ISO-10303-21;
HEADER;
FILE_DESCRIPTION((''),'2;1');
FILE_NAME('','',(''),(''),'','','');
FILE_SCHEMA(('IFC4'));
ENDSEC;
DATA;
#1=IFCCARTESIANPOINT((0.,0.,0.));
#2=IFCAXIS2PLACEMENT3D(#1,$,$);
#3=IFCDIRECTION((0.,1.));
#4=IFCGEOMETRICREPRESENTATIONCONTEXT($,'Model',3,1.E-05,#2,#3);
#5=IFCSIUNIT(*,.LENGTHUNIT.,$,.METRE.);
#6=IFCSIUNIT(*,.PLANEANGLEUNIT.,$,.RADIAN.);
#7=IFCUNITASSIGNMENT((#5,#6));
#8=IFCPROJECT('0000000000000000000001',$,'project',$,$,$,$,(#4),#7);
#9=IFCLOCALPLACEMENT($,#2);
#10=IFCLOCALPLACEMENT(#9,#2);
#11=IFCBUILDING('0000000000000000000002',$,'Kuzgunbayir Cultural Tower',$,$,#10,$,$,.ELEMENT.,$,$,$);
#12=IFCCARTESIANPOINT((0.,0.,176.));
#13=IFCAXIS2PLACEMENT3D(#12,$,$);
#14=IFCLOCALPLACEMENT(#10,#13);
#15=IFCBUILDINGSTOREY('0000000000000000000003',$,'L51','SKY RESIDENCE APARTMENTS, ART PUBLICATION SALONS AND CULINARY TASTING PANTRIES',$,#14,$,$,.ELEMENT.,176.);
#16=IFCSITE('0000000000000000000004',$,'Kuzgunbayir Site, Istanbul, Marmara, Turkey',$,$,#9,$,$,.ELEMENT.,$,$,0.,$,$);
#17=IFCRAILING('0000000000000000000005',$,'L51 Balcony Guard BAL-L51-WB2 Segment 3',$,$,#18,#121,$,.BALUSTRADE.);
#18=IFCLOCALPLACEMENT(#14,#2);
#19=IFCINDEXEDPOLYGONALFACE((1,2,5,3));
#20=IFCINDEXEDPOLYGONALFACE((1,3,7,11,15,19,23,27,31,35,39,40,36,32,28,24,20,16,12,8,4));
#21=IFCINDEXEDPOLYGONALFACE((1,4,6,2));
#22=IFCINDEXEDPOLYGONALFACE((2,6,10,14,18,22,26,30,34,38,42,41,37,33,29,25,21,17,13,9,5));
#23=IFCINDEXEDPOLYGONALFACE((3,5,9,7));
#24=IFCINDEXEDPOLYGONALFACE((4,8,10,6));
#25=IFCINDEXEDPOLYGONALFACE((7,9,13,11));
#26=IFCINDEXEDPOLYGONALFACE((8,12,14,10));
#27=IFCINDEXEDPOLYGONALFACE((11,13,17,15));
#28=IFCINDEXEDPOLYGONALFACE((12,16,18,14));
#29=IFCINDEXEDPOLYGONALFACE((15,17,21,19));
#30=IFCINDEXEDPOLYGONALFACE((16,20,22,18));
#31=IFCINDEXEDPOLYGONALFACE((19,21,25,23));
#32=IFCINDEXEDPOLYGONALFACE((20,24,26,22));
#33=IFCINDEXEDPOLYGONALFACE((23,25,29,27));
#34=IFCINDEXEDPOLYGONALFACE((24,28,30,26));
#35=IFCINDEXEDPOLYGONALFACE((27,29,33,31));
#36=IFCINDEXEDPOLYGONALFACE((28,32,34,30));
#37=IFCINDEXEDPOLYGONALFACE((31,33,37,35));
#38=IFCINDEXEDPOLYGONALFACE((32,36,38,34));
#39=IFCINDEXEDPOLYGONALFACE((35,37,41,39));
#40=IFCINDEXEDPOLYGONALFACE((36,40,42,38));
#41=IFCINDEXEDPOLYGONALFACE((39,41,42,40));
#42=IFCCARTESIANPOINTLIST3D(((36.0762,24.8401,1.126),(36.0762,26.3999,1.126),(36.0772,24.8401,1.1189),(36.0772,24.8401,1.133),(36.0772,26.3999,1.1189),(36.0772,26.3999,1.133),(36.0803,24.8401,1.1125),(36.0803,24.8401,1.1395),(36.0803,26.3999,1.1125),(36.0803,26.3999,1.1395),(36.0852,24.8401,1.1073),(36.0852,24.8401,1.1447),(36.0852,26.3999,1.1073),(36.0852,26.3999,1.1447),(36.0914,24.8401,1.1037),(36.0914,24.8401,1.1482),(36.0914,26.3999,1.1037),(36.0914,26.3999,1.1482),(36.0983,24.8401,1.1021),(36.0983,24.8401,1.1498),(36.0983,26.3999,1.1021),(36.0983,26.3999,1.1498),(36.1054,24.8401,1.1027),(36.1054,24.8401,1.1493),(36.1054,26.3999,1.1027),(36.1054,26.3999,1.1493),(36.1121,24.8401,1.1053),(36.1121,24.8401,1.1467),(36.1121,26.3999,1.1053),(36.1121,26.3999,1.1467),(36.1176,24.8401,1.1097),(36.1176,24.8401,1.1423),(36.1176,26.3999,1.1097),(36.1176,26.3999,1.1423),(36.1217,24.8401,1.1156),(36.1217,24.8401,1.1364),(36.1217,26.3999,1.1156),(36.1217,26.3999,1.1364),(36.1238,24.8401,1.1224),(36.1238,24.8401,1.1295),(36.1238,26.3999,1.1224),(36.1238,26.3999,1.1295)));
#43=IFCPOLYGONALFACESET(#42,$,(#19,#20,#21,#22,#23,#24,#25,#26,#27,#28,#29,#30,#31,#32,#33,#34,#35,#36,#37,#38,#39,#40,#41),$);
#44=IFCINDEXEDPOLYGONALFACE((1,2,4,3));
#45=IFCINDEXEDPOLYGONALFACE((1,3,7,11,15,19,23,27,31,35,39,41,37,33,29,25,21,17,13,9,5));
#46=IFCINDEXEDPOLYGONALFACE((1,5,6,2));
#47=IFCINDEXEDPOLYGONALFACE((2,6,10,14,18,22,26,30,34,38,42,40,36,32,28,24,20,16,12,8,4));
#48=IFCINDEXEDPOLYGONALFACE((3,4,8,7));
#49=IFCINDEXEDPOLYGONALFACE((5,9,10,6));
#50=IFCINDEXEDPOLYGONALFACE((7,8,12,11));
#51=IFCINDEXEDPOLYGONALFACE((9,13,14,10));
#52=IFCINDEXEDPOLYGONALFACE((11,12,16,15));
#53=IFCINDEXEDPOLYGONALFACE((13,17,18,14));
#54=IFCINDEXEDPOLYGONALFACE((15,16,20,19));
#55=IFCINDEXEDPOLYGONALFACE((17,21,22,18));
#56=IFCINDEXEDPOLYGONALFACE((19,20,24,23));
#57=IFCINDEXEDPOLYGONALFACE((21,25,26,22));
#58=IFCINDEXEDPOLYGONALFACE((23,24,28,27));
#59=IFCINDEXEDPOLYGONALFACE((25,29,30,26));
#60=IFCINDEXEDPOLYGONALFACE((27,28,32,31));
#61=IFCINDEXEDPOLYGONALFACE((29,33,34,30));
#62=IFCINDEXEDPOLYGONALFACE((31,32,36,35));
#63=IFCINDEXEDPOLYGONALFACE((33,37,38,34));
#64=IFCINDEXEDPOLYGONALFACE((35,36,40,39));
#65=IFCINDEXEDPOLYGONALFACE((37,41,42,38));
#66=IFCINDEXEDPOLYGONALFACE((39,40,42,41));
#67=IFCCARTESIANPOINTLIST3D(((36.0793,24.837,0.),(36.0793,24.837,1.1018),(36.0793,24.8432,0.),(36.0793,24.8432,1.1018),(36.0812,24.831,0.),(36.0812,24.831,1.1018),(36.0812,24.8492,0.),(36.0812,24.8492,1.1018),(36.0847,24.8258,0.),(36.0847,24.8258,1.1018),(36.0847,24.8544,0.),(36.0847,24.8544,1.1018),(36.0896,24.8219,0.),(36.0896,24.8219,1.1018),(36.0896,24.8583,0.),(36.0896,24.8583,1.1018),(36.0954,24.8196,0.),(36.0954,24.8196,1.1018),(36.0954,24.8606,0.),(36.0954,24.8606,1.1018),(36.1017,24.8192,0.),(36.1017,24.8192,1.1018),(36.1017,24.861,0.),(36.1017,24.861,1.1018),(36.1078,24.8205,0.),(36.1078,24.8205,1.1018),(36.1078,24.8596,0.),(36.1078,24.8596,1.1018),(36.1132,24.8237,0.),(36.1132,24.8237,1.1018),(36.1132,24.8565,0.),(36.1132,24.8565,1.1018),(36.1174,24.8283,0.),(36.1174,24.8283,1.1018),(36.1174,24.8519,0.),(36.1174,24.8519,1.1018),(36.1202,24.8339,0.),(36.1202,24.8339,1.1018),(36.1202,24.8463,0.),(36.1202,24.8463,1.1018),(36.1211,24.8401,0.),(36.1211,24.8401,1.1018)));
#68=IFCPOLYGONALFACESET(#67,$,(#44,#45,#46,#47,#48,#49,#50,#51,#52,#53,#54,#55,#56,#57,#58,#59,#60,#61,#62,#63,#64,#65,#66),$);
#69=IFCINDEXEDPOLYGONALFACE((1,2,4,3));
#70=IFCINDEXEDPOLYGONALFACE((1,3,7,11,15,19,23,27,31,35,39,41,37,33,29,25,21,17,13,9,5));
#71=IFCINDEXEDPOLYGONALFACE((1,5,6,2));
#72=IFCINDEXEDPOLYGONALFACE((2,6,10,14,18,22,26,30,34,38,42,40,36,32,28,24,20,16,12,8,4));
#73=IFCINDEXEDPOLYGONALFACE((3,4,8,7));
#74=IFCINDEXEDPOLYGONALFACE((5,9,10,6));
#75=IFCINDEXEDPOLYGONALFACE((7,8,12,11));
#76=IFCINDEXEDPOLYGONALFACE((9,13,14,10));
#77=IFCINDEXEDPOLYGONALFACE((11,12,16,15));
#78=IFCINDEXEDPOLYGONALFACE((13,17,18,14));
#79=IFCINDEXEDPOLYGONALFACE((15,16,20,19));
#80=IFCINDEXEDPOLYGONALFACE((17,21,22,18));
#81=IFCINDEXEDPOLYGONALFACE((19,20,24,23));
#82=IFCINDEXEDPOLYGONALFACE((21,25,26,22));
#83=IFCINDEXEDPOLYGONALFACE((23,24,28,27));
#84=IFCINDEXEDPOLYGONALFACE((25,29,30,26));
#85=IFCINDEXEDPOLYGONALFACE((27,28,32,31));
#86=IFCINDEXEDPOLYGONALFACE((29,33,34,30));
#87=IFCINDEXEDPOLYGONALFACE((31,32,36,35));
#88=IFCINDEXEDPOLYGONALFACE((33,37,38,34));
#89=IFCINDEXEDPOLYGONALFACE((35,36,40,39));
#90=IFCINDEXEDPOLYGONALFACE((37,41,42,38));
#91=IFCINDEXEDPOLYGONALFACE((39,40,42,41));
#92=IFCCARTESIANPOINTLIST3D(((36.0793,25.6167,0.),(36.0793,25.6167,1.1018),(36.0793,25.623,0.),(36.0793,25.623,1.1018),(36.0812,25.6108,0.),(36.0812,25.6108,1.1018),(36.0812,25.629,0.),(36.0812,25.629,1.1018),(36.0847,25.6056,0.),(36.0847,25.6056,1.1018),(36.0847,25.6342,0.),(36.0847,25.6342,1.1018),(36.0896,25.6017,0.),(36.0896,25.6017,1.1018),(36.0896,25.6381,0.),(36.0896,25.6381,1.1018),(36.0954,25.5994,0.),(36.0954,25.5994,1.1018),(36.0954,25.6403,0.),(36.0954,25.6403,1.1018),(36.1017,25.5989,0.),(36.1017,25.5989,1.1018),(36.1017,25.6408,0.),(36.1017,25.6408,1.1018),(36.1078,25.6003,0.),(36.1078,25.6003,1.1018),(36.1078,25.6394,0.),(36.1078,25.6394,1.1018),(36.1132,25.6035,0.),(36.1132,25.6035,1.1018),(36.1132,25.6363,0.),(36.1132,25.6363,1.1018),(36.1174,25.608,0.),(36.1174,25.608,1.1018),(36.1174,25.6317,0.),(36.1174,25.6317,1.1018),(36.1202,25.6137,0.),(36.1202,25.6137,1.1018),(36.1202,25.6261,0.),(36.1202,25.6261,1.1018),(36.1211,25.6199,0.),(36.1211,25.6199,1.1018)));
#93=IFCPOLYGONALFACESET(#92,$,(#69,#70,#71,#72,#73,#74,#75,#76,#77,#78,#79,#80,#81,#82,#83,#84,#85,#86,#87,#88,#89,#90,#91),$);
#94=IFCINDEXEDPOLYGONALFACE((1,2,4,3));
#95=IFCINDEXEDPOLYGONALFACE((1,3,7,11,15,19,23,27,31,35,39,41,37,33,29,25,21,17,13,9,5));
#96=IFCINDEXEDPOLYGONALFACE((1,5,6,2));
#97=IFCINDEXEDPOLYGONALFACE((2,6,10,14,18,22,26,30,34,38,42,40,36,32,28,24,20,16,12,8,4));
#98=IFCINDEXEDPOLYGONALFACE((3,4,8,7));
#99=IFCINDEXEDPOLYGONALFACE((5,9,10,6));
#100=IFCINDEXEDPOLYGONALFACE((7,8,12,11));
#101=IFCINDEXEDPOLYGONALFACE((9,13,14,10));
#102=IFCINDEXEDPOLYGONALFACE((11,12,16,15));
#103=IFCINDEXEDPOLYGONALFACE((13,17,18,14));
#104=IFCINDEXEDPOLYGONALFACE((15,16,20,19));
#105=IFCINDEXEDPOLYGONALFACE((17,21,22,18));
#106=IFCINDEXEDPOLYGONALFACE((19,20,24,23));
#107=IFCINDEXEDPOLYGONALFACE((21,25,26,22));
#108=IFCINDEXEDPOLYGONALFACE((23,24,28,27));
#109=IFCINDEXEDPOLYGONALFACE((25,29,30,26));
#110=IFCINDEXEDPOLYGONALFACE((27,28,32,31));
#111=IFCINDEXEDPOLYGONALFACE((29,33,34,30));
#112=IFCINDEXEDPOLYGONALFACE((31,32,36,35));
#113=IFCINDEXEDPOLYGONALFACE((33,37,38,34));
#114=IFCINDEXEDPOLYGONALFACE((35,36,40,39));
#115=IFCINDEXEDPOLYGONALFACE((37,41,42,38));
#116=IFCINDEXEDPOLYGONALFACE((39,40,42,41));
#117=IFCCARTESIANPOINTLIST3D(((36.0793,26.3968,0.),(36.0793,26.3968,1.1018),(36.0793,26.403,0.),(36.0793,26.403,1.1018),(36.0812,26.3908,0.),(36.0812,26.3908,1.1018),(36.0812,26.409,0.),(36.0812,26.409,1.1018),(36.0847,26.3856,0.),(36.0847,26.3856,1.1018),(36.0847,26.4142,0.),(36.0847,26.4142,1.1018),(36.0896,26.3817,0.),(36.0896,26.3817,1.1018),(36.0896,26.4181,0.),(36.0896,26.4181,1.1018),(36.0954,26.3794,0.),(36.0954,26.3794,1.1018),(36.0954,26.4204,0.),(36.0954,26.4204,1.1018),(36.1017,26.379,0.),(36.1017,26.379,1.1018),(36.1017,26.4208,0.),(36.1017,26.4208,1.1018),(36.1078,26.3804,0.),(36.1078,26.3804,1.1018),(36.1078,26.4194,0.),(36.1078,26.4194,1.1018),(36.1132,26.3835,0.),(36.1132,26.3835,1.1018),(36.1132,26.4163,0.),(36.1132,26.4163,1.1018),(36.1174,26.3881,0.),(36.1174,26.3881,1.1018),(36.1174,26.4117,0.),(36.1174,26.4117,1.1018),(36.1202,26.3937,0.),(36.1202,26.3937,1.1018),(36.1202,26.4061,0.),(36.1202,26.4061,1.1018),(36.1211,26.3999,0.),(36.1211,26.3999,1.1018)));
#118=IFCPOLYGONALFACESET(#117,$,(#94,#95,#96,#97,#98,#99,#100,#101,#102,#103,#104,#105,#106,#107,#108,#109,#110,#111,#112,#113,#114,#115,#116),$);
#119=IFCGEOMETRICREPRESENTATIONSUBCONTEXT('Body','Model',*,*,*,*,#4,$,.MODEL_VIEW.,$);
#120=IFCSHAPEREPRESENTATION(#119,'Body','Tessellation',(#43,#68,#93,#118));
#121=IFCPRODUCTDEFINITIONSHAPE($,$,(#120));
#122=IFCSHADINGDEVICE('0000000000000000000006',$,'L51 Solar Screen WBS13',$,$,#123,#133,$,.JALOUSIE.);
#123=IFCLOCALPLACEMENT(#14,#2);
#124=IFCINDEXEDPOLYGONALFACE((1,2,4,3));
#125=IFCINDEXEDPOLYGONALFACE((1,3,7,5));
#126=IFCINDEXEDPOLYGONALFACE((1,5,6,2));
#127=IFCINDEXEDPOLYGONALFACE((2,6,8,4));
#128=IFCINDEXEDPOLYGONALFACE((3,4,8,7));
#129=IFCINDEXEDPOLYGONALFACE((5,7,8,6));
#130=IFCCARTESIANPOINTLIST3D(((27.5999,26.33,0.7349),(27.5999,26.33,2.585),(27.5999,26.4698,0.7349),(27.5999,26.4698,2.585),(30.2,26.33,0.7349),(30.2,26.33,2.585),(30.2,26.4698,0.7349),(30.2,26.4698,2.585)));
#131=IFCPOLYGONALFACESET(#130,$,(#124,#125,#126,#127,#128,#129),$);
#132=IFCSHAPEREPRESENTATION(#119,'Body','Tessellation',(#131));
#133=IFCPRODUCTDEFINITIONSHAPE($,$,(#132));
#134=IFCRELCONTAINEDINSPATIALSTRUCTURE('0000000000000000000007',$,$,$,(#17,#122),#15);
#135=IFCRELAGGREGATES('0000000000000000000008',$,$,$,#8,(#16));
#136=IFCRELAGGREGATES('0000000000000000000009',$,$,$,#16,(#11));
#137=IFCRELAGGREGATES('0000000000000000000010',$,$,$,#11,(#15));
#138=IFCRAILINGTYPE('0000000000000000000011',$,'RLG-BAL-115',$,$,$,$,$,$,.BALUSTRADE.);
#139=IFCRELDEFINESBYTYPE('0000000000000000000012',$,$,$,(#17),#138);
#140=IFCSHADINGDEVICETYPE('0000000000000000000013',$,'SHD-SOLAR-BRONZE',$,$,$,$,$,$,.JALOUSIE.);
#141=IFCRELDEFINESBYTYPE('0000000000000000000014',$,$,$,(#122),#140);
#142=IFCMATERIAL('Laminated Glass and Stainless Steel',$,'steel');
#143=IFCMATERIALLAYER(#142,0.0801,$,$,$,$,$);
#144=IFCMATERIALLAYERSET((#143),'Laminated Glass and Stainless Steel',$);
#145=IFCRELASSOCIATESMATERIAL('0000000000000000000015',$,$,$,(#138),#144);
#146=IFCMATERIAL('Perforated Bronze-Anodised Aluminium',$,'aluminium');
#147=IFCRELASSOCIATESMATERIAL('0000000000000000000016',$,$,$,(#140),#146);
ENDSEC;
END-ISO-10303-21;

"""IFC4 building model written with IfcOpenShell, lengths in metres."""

from ifc_helpers import new_model, si_unit, direction, frame, origin, origin_2d, place, context, subcontext, project, spatial, rectangle, circle, extrude, material, layer, layer_set, type_object, element, save


model = new_model("IFC4")

# Units and contexts
model_context = context("Model", 3, precision=1e-05, world=origin(), true_north=direction((0.0, 1.0)))
body_context = subcontext(model_context, "Body", "Model", "MODEL_VIEW")
ifc_project = project(units=[si_unit("LENGTHUNIT", "METRE"), si_unit("PLANEANGLEUNIT", "RADIAN")], contexts=[model_context])

# Site, building, storey
site_placement = place(None, origin())
site = spatial("IfcSite", under=ifc_project, at=site_placement, Name="Kuzgunbayir Site, Istanbul, Marmara, Turkey", CompositionType="ELEMENT", RefElevation=0.0)
building_placement = place(site_placement, origin())
building = spatial("IfcBuilding", under=site, at=building_placement, Name="Kuzgunbayir Cultural Tower", CompositionType="ELEMENT")
storey_placement = place(building_placement, frame((0.0, 0.0, 176.0)))
storey = spatial("IfcBuildingStorey", under=building, at=storey_placement, Name="L51", Description="SKY RESIDENCE APARTMENTS, ART PUBLICATION SALONS AND CULINARY TASTING PANTRIES", CompositionType="ELEMENT", Elevation=176.0)

# Railing
ifc_material_1 = material(Name="Laminated Glass and Stainless Steel", Category="steel")
ifc_layer_1 = layer(ifc_material_1, 0.0801)
ifc_layer_set_1 = layer_set([ifc_layer_1], Name="Laminated Glass and Stainless Steel")
railing_type = type_object("IfcRailingType", Name="RLG-BAL-115", PredefinedType="BALUSTRADE", material=ifc_layer_set_1)
railing_1_placement = place(storey_placement, frame((36.1001, 24.8401, 0.0)))
element("IfcRailing", 1, at=railing_1_placement, inside=storey, type_object=railing_type, Name="L51 Balcony Guard BAL-L51-WB2 Segment 3", PredefinedType="BALUSTRADE", context=body_context, shape_type="SweptSolid", body=[
    extrude(circle(Radius=0.0239, at=origin_2d()), frame((0.0, 0.0, 1.126), z_axis=(0.0, 1.0, 0.0), x_axis=(-1.0, 0.0, 0.0)), (0.0, 0.0, 1.0), 1.5598),
    extrude(circle(Radius=0.021, at=origin_2d()), origin(), (0.0, 0.0, 1.0), 1.1018),
    extrude(circle(Radius=0.021, at=origin_2d()), frame((0.0, 0.7798, 0.0)), (0.0, 0.0, 1.0), 1.1018),
    extrude(circle(Radius=0.021, at=origin_2d()), frame((0.0, 1.5598, 0.0)), (0.0, 0.0, 1.0), 1.1018),
])

# Shading device
ifc_material_2 = material(Name="Perforated Bronze-Anodised Aluminium", Category="aluminium")
shading_device_type = type_object("IfcShadingDeviceType", Name="SHD-SOLAR-BRONZE", PredefinedType="JALOUSIE", material=ifc_material_2)
shading_device_placement = place(storey_placement, frame((28.8999, 26.3999, 0.7349), z_axis=(0.0, 0.0, 1.0), x_axis=(1.0, 0.0, 0.0)))
element("IfcShadingDevice", 2, at=shading_device_placement, inside=storey, type_object=shading_device_type, Name="L51 Solar Screen WBS13", PredefinedType="JALOUSIE", context=body_context, shape_type="SweptSolid", body=[
    extrude(rectangle(XDim=2.6001, YDim=0.1399, at=origin_2d()), origin(), (0.0, 0.0, 1.0), 1.8501),
])

save(model, "model.ifc")
